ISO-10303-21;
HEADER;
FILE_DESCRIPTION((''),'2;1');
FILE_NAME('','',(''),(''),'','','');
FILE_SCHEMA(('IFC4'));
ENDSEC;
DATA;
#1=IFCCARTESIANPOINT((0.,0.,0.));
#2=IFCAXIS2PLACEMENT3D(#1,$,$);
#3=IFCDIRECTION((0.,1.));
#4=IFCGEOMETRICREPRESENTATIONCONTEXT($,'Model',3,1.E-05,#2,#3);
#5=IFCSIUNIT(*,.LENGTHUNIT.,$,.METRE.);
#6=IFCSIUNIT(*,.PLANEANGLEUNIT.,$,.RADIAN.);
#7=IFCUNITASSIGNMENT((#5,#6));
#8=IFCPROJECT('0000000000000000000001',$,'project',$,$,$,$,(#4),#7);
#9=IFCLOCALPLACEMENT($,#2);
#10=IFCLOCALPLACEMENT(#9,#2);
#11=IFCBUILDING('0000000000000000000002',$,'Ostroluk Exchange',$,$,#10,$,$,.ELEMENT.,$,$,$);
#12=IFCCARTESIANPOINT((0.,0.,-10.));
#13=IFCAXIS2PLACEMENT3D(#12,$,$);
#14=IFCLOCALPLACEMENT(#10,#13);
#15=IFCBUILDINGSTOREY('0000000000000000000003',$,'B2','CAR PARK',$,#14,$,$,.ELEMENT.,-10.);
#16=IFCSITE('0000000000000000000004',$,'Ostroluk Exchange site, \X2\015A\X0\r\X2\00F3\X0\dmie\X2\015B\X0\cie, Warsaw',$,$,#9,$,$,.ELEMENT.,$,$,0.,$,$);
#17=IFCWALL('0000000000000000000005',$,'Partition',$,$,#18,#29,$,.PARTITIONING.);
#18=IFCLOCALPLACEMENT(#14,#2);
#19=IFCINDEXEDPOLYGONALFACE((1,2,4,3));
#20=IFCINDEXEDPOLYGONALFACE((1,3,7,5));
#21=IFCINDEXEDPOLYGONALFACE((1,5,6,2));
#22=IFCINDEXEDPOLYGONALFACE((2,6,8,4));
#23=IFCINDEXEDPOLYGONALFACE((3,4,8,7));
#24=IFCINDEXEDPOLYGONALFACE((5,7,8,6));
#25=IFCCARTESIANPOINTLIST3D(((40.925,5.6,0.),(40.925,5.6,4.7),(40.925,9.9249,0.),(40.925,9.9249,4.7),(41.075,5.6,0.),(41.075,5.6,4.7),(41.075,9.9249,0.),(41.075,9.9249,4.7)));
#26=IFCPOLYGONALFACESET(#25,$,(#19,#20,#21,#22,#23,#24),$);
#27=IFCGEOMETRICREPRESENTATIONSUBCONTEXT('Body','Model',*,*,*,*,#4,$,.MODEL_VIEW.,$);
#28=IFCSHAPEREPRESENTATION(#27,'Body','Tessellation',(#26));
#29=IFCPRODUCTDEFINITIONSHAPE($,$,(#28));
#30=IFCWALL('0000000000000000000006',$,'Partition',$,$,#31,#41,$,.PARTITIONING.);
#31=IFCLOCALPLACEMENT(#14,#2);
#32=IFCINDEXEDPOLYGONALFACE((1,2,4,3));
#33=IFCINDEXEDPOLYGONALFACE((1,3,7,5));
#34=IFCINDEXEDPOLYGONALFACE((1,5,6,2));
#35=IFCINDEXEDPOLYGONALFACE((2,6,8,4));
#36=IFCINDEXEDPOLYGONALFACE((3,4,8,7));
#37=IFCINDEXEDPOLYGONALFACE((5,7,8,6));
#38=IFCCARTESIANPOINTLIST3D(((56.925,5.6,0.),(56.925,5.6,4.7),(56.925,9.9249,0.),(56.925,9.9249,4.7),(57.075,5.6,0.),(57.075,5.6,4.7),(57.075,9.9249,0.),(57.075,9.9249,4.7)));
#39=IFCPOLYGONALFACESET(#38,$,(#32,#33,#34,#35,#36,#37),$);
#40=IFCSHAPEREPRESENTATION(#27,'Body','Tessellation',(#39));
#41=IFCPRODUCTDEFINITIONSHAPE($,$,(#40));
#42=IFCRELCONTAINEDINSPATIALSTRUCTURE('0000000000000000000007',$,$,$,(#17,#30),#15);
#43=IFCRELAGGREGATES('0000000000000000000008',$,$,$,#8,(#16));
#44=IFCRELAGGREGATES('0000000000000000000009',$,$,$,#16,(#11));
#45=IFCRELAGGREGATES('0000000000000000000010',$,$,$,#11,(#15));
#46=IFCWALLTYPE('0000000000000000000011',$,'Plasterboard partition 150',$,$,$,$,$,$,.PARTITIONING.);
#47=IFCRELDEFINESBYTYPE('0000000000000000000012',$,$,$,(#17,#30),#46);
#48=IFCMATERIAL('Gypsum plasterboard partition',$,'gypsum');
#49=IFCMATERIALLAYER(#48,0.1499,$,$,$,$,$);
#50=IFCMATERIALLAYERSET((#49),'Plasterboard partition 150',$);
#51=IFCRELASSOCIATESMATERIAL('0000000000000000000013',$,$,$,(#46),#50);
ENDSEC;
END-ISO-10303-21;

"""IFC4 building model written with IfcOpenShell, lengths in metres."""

from ifc_helpers import new_model, si_unit, direction, frame, frame_2d, origin, place, context, subcontext, project, spatial, rectangle, extrude, material, layer, layer_set, type_object, element, save


model = new_model("IFC4")

# Units and contexts
model_context = context("Model", 3, precision=1e-05, world=origin(), true_north=direction((0.0, 1.0)))
body_context = subcontext(model_context, "Body", "Model", "MODEL_VIEW")
ifc_project = project(units=[si_unit("LENGTHUNIT", "METRE"), si_unit("PLANEANGLEUNIT", "RADIAN")], contexts=[model_context])

# Site, building, storey
site_placement = place(None, origin())
site = spatial("IfcSite", under=ifc_project, at=site_placement, Name="Ostroluk Exchange site, Śródmieście, Warsaw", CompositionType="ELEMENT", RefElevation=0.0)
building_placement = place(site_placement, origin())
building = spatial("IfcBuilding", under=site, at=building_placement, Name="Ostroluk Exchange", CompositionType="ELEMENT")
storey_placement = place(building_placement, frame((0.0, 0.0, -10.0)))
storey = spatial("IfcBuildingStorey", under=building, at=storey_placement, Name="B2", Description="CAR PARK", CompositionType="ELEMENT", Elevation=-10.0)

# Walls
ifc_material_1 = material(Name="Gypsum plasterboard partition", Category="gypsum")
ifc_layer_1 = layer(ifc_material_1, 0.1499)
ifc_layer_set_1 = layer_set([ifc_layer_1], Name="Plasterboard partition 150")
wall_type = type_object("IfcWallType", Name="Plasterboard partition 150", PredefinedType="PARTITIONING", material=ifc_layer_set_1)
for number, where, z_axis, x_axis, name in (
    (1, (41.0, 9.925, 0.0), (0.0, 0.0, 1.0), (0.0, -1.0, 0.0), "Partition"),
    (2, (57.0, 9.925, 0.0), (0.0, 0.0, 1.0), (0.0, -1.0, 0.0), "Partition"),
):
    element("IfcWall", number, at=place(storey_placement, frame(where, z_axis=z_axis, x_axis=x_axis)), inside=storey, type_object=wall_type, Name=name, PredefinedType="PARTITIONING", context=body_context, shape_type="SweptSolid", body=[
        extrude(rectangle(XDim=4.325, YDim=0.1499, at=frame_2d((2.1626, 0.0))), origin(), (0.0, 0.0, 1.0), 4.7),
    ])

save(model, "model.ifc")
